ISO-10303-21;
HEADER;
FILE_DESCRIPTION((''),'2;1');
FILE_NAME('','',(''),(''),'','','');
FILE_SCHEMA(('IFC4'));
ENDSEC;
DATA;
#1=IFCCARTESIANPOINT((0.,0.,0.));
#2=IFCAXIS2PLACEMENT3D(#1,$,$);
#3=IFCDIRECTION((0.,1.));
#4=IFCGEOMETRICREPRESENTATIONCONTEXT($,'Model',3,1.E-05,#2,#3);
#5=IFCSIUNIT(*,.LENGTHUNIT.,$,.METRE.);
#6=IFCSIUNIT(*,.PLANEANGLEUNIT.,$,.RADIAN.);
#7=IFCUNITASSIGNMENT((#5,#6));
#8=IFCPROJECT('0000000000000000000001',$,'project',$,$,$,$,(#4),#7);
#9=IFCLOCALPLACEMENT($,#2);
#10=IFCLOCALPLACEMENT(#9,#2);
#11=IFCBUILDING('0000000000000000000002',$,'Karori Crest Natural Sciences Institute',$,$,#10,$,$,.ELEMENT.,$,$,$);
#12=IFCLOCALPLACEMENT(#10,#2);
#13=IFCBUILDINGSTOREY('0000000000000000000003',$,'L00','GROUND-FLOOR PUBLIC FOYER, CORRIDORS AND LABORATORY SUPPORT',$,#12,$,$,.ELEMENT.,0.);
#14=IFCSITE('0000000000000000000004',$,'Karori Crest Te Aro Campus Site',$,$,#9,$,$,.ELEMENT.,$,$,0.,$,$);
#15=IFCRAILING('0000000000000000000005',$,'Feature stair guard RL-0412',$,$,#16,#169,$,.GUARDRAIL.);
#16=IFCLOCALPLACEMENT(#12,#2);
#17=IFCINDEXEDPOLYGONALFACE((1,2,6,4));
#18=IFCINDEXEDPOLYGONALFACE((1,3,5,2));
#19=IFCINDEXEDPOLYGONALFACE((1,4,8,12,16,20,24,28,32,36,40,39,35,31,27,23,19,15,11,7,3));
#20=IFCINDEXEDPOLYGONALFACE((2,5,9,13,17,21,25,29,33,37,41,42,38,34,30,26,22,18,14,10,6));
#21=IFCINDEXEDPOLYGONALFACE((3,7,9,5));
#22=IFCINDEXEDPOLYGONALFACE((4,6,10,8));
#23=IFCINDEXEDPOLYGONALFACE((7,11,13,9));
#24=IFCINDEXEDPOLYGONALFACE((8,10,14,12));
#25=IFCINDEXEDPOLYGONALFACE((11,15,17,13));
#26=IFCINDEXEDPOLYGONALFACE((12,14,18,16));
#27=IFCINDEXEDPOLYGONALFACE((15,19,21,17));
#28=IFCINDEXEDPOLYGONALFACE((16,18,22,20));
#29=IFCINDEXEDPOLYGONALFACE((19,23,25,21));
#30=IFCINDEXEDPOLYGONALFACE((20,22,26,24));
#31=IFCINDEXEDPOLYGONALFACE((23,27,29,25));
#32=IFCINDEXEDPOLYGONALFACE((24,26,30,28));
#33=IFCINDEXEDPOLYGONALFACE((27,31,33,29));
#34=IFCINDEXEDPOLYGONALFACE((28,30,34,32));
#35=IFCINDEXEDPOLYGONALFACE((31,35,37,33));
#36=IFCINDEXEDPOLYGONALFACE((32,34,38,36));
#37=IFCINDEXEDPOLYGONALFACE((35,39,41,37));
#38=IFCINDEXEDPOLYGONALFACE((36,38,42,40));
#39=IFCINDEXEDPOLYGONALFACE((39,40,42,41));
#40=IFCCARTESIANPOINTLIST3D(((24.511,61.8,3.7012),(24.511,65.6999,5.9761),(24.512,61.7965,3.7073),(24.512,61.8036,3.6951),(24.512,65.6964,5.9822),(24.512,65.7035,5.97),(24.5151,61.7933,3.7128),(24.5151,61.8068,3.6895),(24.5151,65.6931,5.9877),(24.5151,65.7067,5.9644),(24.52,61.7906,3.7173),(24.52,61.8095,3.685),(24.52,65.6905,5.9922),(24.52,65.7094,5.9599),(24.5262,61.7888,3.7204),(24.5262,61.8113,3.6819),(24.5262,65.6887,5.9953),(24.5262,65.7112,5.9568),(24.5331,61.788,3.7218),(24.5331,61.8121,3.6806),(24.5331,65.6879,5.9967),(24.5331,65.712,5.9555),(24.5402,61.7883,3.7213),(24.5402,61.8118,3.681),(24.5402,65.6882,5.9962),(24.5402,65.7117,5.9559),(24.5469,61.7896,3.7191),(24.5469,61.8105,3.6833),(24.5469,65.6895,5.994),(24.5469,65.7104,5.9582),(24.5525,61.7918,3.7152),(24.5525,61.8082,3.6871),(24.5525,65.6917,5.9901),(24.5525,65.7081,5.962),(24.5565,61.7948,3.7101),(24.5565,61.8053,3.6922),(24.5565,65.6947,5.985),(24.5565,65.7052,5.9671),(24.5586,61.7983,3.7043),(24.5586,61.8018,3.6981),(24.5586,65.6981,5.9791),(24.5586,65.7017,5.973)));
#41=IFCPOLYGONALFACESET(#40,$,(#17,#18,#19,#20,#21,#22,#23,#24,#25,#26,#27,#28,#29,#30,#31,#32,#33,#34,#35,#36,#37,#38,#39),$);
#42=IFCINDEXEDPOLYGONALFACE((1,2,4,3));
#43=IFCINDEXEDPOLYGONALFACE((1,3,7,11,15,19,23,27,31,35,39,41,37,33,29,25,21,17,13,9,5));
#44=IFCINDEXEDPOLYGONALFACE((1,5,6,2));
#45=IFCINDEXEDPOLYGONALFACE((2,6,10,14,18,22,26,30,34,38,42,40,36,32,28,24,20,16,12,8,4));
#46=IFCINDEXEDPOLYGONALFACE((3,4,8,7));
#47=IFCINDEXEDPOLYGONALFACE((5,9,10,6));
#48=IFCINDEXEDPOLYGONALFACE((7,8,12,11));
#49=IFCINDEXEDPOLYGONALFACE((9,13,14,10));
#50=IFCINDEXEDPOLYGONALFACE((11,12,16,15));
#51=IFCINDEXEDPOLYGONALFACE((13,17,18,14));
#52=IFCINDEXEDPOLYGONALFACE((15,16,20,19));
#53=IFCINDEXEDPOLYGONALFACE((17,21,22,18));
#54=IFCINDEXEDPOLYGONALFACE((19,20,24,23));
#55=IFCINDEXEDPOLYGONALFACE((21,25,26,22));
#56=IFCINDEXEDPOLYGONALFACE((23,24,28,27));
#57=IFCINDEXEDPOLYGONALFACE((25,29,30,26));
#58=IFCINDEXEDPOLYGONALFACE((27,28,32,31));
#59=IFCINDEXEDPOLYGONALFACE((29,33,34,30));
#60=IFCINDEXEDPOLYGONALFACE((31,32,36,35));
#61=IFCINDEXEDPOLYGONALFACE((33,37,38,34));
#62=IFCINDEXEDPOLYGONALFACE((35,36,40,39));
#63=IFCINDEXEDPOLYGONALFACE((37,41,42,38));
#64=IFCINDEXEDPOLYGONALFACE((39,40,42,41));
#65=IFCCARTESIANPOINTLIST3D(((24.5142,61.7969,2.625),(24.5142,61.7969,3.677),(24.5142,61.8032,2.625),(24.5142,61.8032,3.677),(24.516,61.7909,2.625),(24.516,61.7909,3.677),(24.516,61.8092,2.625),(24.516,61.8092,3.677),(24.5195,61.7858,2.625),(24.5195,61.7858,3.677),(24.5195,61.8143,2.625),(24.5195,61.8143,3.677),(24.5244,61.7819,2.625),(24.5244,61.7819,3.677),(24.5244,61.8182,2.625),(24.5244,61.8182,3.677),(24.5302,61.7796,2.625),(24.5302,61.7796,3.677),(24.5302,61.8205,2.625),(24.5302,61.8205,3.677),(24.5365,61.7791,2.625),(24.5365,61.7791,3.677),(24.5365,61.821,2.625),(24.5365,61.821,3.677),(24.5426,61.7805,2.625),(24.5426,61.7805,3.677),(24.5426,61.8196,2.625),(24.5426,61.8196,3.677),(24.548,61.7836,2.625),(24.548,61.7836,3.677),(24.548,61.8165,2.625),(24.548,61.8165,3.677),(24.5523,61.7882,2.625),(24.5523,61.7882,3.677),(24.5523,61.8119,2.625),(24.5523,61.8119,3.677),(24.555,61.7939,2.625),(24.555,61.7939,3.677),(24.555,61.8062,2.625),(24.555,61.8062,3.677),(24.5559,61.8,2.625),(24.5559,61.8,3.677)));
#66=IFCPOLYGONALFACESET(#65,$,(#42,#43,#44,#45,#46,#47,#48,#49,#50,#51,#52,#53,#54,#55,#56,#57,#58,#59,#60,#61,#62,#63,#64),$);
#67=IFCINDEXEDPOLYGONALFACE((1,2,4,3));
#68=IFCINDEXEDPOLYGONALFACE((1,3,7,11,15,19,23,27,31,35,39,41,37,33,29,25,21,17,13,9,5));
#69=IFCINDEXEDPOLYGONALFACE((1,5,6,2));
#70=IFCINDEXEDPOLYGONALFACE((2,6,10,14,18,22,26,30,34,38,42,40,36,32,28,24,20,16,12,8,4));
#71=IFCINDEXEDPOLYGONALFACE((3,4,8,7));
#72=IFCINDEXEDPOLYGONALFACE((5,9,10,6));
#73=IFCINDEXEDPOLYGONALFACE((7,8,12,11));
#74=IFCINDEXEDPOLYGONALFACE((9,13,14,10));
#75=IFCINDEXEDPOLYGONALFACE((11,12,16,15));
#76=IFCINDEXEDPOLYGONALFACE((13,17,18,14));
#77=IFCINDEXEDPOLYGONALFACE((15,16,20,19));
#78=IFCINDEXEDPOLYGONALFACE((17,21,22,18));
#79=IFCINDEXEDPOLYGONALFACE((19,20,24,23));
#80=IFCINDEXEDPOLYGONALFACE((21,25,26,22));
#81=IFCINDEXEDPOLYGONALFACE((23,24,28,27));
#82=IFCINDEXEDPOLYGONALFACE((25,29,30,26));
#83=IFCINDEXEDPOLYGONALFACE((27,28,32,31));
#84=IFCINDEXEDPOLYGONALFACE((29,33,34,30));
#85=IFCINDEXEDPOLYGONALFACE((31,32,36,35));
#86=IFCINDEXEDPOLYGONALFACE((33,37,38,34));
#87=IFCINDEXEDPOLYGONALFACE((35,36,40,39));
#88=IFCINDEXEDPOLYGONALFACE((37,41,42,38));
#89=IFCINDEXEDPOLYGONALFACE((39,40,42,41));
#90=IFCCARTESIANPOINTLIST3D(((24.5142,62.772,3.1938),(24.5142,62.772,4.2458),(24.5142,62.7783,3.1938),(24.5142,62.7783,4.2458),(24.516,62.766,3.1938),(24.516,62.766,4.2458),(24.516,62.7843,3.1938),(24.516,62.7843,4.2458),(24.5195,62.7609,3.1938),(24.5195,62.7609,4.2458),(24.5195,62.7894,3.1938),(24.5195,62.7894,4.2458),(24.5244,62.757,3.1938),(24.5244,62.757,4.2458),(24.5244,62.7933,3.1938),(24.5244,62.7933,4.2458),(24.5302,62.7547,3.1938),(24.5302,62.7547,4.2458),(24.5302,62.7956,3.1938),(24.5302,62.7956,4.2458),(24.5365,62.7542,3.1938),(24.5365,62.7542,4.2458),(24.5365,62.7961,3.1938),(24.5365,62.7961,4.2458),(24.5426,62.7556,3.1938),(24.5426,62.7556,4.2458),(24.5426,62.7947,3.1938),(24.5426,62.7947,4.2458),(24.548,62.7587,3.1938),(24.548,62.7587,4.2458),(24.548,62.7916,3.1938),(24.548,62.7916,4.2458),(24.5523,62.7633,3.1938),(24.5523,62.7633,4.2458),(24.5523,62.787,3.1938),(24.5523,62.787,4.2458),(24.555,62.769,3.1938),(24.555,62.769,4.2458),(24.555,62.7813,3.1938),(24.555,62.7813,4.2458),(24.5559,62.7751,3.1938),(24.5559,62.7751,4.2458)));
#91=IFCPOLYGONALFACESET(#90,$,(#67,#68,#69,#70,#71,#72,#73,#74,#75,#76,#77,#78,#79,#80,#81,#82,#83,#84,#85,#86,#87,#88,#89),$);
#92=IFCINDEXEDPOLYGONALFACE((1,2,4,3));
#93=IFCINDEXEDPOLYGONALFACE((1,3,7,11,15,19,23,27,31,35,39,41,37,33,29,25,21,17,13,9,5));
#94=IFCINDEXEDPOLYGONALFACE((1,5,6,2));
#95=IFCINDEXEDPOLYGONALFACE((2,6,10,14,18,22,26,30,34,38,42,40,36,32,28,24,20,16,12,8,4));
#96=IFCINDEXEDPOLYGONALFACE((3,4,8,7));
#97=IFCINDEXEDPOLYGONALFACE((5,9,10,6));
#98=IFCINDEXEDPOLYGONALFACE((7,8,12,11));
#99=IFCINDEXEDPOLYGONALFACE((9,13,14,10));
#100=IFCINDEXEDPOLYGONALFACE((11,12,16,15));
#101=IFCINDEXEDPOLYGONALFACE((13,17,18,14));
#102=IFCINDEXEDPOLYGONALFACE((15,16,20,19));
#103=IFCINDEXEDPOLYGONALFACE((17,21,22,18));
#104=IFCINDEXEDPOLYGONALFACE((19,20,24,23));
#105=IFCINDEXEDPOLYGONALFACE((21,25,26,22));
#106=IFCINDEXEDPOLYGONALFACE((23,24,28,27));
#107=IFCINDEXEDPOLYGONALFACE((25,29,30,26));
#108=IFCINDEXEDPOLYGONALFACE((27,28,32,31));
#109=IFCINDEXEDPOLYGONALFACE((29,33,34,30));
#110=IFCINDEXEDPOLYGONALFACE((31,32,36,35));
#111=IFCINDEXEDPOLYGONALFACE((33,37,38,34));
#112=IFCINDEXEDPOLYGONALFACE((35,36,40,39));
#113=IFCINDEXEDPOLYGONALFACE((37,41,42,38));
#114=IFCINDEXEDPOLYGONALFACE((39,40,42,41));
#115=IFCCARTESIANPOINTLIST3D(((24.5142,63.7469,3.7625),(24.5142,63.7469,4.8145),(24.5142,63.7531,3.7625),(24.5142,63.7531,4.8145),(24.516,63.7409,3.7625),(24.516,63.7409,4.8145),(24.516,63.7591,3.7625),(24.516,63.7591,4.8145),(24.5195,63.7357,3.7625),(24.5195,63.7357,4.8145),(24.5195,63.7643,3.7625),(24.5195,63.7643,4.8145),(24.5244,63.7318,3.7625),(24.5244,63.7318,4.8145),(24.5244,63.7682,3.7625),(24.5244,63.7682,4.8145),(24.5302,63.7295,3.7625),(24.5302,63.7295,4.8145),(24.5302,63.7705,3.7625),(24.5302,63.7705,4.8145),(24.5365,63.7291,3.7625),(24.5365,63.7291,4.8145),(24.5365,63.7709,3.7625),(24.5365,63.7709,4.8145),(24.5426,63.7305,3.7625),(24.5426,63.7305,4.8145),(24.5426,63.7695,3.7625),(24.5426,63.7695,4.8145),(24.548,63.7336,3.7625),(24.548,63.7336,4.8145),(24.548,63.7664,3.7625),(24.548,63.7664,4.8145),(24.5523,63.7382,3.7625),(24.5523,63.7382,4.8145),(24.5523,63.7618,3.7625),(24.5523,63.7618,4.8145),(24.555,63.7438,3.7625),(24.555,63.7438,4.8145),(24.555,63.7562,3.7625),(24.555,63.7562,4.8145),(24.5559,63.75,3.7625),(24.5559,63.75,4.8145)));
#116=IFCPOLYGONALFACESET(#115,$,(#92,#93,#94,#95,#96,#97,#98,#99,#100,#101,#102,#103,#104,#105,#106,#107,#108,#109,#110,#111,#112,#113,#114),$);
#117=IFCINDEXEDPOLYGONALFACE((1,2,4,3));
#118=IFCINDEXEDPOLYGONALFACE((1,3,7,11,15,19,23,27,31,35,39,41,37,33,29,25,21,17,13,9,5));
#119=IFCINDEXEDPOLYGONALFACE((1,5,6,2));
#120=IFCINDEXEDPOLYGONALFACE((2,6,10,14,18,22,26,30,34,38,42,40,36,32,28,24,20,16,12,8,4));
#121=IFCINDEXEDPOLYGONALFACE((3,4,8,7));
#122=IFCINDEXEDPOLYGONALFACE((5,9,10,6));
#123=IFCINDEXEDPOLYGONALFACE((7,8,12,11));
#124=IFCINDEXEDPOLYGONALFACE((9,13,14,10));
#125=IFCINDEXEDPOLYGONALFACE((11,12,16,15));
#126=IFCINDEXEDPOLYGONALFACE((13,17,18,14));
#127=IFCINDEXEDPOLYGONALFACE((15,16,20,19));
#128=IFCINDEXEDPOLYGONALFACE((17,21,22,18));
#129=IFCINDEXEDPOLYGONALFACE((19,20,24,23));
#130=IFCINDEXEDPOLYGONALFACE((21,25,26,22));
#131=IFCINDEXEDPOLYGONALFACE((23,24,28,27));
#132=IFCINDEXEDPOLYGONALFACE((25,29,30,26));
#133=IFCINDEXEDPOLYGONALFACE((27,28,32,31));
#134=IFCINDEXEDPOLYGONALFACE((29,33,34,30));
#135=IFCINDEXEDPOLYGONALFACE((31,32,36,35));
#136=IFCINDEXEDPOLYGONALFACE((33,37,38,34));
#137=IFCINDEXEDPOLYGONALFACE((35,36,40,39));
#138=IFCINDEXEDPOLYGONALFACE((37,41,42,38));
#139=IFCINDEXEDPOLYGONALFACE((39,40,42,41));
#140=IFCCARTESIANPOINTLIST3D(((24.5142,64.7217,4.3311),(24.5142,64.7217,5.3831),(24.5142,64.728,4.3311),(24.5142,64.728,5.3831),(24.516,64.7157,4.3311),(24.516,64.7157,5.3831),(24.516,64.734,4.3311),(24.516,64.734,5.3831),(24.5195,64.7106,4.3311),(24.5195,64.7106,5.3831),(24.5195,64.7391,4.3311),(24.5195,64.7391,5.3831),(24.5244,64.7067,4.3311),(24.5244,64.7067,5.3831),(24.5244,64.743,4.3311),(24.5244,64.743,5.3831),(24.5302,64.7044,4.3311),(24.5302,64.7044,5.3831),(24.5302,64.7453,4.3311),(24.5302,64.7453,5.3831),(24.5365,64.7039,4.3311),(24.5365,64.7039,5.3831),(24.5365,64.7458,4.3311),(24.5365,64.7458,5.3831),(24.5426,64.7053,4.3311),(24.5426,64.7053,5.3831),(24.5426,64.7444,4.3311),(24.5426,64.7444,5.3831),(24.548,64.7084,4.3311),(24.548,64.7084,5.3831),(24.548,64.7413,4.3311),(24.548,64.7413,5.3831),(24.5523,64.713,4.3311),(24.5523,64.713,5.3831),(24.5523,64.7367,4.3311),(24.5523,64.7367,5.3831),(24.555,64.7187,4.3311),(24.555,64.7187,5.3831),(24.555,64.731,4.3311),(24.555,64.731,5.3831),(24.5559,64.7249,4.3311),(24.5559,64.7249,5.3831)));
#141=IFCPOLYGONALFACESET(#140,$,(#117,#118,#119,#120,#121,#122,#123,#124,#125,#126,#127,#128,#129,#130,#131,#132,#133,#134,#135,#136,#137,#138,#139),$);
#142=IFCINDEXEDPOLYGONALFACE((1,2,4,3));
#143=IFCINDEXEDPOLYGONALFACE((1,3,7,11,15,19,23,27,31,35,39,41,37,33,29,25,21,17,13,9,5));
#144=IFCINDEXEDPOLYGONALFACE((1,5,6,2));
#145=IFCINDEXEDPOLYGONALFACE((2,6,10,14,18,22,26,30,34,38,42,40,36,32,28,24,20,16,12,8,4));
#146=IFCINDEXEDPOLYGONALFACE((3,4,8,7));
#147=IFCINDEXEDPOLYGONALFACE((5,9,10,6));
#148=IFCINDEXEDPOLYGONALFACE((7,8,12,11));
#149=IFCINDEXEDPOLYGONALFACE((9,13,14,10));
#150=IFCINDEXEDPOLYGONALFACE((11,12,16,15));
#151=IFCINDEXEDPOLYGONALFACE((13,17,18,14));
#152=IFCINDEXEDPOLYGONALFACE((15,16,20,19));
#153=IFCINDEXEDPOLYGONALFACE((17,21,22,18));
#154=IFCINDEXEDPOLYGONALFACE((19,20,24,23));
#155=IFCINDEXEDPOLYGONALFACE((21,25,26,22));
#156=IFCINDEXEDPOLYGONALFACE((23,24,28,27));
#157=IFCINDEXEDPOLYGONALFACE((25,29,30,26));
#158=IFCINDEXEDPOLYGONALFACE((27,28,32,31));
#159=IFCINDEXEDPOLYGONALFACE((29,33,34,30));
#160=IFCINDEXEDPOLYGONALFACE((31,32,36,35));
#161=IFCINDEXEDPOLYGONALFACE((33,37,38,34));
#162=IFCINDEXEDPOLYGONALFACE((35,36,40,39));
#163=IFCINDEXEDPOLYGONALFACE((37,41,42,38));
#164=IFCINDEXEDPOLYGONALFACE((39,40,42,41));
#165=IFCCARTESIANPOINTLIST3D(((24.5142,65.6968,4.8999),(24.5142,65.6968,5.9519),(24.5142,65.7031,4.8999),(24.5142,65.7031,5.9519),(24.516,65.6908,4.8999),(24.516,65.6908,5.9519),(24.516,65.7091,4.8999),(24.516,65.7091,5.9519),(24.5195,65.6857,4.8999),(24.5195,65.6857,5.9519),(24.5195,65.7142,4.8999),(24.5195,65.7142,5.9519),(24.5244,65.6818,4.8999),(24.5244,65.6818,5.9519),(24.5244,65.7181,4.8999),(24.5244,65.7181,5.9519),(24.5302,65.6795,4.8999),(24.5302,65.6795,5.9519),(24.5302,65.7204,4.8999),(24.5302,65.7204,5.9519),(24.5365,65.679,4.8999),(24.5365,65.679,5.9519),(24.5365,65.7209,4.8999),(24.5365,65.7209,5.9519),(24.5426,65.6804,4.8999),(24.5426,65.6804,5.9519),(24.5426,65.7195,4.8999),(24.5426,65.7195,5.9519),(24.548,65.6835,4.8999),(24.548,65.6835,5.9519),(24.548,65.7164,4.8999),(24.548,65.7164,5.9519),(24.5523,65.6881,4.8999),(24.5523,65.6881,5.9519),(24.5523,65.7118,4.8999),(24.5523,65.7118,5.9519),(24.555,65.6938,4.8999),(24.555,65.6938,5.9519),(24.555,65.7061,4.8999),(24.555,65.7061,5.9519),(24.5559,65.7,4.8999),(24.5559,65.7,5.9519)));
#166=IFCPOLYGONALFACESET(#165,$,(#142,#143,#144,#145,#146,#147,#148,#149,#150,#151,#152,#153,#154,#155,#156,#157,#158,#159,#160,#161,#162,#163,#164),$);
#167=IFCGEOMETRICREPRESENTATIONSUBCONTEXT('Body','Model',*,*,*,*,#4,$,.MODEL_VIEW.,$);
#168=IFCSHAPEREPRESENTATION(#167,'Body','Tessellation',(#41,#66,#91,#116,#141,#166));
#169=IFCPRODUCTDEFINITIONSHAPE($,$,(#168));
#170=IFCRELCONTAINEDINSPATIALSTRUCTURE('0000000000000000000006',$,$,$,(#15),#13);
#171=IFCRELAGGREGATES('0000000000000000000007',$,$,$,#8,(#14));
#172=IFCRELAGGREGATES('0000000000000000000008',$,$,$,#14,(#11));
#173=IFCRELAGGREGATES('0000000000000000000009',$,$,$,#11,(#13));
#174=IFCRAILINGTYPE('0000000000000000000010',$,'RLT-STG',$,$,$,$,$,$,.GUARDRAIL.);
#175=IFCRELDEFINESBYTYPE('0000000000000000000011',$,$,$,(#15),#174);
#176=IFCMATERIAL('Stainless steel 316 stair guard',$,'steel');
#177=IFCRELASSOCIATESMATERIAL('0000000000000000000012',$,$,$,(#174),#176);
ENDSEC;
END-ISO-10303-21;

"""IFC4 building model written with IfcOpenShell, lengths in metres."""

from ifc_helpers import new_model, si_unit, direction, frame, origin, origin_2d, place, context, subcontext, project, spatial, circle, extrude, material, type_object, element, save


model = new_model("IFC4")

# Units and contexts
model_context = context("Model", 3, precision=1e-05, world=origin(), true_north=direction((0.0, 1.0)))
body_context = subcontext(model_context, "Body", "Model", "MODEL_VIEW")
ifc_project = project(units=[si_unit("LENGTHUNIT", "METRE"), si_unit("PLANEANGLEUNIT", "RADIAN")], contexts=[model_context])

# Site, building, storey
site_placement = place(None, origin())
site = spatial("IfcSite", under=ifc_project, at=site_placement, Name="Karori Crest Te Aro Campus Site", CompositionType="ELEMENT", RefElevation=0.0)
building_placement = place(site_placement, origin())
building = spatial("IfcBuilding", under=site, at=building_placement, Name="Karori Crest Natural Sciences Institute", CompositionType="ELEMENT")
storey_placement = place(building_placement, origin())
storey = spatial("IfcBuildingStorey", under=building, at=storey_placement, Name="L00", Description="GROUND-FLOOR PUBLIC FOYER, CORRIDORS AND LABORATORY SUPPORT", CompositionType="ELEMENT", Elevation=0.0)

# Railing
ifc_material_1 = material(Name="Stainless steel 316 stair guard", Category="steel")
railing_type = type_object("IfcRailingType", Name="RLT-STG", PredefinedType="GUARDRAIL", material=ifc_material_1)
railing_1_placement = place(storey_placement, frame((24.5349, 61.8, 2.625)))
element("IfcRailing", 1, at=railing_1_placement, inside=storey, type_object=railing_type, Name="Feature stair guard RL-0412", PredefinedType="GUARDRAIL", context=body_context, shape_type="SweptSolid", body=[
    extrude(circle(Radius=0.0239, at=origin_2d()), frame((0.0, 0.0, 1.0762), z_axis=(0.0, 0.863783, 0.503864), x_axis=(-1.0, 0.0, 0.0)), (0.0, 0.0, 1.0), 4.5149),
    extrude(circle(Radius=0.021, at=origin_2d()), origin(), (0.0, 0.0, 1.0), 1.052),
    extrude(circle(Radius=0.021, at=origin_2d()), frame((0.0, 0.9751, 0.5688)), (0.0, 0.0, 1.0), 1.052),
    extrude(circle(Radius=0.021, at=origin_2d()), frame((0.0, 1.95, 1.1375)), (0.0, 0.0, 1.0), 1.052),
    extrude(circle(Radius=0.021, at=origin_2d()), frame((0.0, 2.9248, 1.7061)), (0.0, 0.0, 1.0), 1.052),
    extrude(circle(Radius=0.021, at=origin_2d()), frame((0.0, 3.8999, 2.2749)), (0.0, 0.0, 1.0), 1.052),
])

save(model, "model.ifc")
